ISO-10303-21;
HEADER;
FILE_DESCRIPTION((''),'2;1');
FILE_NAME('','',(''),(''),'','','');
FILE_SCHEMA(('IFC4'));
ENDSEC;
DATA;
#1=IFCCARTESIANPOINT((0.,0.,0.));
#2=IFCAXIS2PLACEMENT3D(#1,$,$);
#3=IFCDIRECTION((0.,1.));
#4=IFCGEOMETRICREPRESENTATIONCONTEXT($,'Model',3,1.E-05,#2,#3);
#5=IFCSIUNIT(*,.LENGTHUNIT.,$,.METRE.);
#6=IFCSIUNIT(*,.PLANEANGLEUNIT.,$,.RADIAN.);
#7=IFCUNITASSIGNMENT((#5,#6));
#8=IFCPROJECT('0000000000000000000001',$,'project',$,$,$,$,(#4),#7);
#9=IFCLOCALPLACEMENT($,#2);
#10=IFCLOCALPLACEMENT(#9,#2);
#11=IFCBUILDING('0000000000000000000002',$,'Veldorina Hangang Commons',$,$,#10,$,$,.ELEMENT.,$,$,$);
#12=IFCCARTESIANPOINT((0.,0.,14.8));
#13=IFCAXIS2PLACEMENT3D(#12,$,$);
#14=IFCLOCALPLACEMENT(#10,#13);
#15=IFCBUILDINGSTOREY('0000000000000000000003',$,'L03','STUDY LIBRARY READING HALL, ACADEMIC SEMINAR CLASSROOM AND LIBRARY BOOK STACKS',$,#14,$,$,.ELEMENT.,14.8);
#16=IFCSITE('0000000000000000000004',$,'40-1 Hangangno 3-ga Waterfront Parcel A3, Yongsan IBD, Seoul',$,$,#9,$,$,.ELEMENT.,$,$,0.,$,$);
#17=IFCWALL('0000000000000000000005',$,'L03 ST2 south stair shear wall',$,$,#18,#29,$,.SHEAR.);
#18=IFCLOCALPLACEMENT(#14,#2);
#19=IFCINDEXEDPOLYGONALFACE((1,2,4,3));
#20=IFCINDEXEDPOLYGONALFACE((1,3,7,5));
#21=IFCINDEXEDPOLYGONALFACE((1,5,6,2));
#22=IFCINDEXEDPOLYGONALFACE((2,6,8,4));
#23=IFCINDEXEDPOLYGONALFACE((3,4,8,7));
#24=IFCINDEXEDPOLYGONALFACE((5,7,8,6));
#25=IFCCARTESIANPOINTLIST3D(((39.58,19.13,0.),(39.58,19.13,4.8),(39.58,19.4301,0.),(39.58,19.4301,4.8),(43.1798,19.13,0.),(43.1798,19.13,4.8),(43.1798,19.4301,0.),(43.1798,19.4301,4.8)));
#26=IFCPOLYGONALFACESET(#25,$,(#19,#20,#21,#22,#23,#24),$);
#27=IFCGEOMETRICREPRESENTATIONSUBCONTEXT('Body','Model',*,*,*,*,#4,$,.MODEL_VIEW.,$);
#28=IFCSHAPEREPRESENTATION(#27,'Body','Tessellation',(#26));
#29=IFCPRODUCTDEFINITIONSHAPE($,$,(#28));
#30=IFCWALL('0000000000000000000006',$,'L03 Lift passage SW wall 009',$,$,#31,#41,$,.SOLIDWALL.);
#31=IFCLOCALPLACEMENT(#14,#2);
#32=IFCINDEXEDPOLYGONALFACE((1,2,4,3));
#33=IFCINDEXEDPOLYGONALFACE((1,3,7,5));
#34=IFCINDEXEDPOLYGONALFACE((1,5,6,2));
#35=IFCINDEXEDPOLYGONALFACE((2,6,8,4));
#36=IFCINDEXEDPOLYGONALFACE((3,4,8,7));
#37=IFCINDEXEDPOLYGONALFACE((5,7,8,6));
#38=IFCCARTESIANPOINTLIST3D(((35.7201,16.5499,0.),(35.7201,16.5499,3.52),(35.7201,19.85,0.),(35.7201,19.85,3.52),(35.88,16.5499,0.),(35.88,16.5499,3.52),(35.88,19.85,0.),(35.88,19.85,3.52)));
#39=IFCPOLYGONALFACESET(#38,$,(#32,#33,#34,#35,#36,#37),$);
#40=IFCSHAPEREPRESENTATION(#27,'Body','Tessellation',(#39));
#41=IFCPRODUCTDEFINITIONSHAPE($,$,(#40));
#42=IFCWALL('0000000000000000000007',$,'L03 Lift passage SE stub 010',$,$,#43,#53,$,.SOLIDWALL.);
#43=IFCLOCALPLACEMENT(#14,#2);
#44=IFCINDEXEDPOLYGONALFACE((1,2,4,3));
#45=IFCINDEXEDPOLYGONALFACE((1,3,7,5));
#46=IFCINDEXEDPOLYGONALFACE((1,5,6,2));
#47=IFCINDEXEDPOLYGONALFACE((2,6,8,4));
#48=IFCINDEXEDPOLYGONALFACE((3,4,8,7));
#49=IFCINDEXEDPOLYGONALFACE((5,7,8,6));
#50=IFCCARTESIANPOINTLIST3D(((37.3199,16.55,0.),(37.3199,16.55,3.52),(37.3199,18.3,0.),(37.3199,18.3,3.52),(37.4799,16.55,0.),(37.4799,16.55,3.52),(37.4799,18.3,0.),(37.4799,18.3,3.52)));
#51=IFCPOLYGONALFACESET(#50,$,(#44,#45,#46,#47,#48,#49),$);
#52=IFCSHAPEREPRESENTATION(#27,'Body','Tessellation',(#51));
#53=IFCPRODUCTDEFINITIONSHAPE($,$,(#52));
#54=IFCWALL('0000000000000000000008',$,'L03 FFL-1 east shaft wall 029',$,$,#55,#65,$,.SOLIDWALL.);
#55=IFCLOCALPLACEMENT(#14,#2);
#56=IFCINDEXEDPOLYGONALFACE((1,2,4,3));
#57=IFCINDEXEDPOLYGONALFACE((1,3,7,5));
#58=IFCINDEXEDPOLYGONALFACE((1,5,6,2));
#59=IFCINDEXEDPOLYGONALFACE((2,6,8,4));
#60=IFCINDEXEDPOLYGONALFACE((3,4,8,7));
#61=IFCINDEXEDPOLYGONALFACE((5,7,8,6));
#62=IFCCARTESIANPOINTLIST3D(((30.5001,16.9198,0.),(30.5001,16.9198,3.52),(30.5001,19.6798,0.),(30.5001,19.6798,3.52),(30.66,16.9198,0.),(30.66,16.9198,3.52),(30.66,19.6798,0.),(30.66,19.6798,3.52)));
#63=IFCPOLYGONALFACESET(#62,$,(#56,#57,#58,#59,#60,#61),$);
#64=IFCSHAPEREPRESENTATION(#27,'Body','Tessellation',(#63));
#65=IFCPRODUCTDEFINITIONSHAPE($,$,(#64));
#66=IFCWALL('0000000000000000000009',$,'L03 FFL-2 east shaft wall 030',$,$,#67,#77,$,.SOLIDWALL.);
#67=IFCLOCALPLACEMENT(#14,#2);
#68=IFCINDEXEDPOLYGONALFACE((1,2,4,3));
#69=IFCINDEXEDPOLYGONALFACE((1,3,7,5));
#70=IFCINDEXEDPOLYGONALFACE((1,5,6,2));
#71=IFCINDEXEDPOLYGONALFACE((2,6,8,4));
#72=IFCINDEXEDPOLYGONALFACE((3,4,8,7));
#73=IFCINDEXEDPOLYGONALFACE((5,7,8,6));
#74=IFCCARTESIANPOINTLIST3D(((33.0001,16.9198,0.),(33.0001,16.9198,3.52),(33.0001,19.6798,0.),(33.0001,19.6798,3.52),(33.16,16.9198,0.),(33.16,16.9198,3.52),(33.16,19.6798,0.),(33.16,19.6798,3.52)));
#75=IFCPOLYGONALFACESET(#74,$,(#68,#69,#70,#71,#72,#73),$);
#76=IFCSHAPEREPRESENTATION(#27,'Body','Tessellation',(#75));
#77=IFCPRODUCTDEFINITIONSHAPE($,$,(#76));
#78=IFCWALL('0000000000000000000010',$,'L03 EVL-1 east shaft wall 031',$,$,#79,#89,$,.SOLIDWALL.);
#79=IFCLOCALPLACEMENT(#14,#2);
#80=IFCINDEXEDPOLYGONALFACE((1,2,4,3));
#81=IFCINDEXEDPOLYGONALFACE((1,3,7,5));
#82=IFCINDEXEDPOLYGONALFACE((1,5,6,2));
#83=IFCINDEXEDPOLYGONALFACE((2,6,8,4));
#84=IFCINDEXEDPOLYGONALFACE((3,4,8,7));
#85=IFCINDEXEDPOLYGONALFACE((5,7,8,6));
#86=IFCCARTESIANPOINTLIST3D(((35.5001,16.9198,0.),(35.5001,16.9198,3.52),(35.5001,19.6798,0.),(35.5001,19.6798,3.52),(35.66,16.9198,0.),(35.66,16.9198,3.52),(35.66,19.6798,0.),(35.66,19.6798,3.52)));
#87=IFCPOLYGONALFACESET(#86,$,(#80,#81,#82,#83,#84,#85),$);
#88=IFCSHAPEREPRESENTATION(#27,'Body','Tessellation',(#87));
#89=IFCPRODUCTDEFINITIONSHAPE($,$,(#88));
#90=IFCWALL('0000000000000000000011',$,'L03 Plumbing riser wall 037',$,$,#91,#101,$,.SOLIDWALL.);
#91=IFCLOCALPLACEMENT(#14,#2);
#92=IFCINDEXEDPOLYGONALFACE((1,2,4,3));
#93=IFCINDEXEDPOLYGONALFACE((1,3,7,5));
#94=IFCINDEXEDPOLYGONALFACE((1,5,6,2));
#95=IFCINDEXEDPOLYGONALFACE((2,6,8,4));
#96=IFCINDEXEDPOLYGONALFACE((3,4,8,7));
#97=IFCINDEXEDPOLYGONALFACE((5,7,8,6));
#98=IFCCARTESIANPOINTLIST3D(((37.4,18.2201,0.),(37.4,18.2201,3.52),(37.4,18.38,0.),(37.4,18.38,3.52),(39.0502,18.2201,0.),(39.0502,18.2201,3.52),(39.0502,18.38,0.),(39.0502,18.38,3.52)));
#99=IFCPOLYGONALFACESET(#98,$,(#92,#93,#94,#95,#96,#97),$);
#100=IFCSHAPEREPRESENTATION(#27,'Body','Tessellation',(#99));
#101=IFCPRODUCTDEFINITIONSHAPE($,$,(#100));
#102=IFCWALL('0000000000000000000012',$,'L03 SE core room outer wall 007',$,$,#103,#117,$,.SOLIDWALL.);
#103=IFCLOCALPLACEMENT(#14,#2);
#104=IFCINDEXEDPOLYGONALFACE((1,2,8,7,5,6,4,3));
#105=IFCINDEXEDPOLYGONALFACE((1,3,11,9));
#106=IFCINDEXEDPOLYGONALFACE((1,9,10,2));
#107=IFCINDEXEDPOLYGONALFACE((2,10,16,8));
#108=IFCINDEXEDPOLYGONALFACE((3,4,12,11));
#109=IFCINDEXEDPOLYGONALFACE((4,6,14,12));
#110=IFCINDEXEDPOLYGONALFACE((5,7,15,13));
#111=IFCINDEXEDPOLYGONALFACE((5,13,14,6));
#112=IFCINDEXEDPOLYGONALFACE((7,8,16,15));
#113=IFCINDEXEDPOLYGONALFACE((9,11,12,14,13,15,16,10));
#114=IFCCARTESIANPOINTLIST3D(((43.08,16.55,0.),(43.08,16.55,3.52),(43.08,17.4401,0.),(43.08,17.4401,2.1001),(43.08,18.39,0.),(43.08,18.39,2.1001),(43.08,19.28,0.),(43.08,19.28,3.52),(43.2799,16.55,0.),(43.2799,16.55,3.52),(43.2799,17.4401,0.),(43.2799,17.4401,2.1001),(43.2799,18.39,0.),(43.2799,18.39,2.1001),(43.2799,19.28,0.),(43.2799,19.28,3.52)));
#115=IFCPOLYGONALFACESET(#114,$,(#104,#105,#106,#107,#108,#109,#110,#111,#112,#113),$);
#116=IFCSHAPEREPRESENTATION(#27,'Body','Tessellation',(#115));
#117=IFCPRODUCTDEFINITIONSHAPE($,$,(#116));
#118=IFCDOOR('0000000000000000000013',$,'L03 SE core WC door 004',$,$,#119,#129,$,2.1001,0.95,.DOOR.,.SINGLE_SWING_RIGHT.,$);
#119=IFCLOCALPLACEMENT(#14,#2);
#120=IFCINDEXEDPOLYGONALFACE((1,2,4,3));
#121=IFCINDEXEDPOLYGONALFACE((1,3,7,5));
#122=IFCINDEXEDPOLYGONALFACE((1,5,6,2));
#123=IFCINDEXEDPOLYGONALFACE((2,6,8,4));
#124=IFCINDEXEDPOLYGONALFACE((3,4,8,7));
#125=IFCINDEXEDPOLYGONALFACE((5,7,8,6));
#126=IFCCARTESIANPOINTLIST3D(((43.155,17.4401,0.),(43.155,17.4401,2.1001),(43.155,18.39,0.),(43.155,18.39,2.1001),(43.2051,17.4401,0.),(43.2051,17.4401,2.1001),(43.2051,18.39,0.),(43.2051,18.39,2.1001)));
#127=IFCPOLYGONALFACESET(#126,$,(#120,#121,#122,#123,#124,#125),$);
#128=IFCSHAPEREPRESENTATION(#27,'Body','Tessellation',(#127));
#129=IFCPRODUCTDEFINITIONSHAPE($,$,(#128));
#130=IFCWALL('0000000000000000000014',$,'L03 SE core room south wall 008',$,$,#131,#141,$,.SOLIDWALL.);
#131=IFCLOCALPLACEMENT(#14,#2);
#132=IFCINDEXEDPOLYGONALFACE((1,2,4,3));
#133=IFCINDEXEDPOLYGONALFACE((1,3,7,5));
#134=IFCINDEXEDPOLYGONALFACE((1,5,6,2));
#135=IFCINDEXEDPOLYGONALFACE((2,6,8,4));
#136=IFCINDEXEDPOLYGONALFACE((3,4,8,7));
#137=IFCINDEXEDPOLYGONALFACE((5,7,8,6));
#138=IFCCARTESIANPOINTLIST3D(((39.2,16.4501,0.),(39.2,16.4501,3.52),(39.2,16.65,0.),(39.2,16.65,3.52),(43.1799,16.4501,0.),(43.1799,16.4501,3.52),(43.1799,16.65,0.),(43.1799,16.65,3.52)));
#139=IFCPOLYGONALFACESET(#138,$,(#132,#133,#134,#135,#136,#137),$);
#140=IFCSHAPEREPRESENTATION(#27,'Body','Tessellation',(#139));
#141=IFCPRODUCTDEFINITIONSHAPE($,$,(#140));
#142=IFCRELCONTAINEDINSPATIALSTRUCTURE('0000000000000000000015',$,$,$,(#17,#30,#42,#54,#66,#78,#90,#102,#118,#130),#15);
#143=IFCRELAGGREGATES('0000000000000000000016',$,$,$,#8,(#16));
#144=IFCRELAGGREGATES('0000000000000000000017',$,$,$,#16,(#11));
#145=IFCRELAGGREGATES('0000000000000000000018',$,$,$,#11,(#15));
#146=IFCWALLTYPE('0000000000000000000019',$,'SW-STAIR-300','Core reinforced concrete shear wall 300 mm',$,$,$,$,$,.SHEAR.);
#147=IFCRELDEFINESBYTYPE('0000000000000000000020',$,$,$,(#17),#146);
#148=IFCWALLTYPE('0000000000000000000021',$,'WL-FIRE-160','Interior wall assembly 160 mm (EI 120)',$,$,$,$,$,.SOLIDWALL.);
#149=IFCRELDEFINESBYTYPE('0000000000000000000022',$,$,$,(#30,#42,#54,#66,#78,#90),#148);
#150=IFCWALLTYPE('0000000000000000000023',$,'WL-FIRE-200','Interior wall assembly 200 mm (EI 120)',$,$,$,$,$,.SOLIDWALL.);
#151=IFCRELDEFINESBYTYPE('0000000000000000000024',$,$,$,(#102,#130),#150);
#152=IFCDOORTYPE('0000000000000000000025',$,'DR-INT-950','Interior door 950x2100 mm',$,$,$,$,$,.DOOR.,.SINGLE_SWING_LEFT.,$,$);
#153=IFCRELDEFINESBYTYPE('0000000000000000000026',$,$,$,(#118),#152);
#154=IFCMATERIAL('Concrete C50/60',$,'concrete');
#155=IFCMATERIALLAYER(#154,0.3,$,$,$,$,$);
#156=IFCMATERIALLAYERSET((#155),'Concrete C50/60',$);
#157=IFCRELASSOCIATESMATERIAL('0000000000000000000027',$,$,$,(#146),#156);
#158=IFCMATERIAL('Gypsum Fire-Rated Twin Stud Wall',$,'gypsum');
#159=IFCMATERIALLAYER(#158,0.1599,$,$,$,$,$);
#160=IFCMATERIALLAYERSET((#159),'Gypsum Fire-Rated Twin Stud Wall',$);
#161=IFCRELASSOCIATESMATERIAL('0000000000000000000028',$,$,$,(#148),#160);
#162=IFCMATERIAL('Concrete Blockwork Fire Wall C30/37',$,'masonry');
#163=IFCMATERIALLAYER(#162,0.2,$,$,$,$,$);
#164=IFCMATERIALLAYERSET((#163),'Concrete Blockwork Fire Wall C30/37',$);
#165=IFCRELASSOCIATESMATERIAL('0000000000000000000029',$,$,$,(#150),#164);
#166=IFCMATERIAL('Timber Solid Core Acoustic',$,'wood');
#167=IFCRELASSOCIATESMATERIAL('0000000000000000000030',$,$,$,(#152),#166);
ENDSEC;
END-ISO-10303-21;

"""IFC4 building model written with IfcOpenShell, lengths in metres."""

from ifc_helpers import new_model, si_unit, direction, frame, frame_2d, origin, place, context, subcontext, project, spatial, rectangle, extrude, material, layer, layer_set, type_object, element, fill, save


model = new_model("IFC4")

# Units and contexts
model_context = context("Model", 3, precision=1e-05, world=origin(), true_north=direction((0.0, 1.0)))
body_context = subcontext(model_context, "Body", "Model", "MODEL_VIEW")
ifc_project = project(units=[si_unit("LENGTHUNIT", "METRE"), si_unit("PLANEANGLEUNIT", "RADIAN")], contexts=[model_context])

# Site, building, storey
site_placement = place(None, origin())
site = spatial("IfcSite", under=ifc_project, at=site_placement, Name="40-1 Hangangno 3-ga Waterfront Parcel A3, Yongsan IBD, Seoul", CompositionType="ELEMENT", RefElevation=0.0)
building_placement = place(site_placement, origin())
building = spatial("IfcBuilding", under=site, at=building_placement, Name="Veldorina Hangang Commons", CompositionType="ELEMENT")
storey_placement = place(building_placement, frame((0.0, 0.0, 14.8)))
storey = spatial("IfcBuildingStorey", under=building, at=storey_placement, Name="L03", Description="STUDY LIBRARY READING HALL, ACADEMIC SEMINAR CLASSROOM AND LIBRARY BOOK STACKS", CompositionType="ELEMENT", Elevation=14.8)

# Walls
ifc_material_1 = material(Name="Concrete C50/60", Category="concrete")
ifc_layer_1 = layer(ifc_material_1, 0.3)
ifc_layer_set_1 = layer_set([ifc_layer_1], Name="Concrete C50/60")
wall_type_1 = type_object("IfcWallType", Name="SW-STAIR-300", Description="Core reinforced concrete shear wall 300 mm", PredefinedType="SHEAR", material=ifc_layer_set_1)
wall_1_placement = place(storey_placement, frame((39.5801, 19.28, 0.0), z_axis=(0.0, 0.0, 1.0), x_axis=(1.0, 0.0, 0.0)))
element("IfcWall", 1, at=wall_1_placement, inside=storey, type_object=wall_type_1, Name="L03 ST2 south stair shear wall", PredefinedType="SHEAR", context=body_context, shape_type="SweptSolid", body=[
    extrude(rectangle(XDim=3.5999, YDim=0.3, at=frame_2d((1.7998, 0.0))), origin(), (0.0, 0.0, 1.0), 4.8),
])
ifc_material_2 = material(Name="Gypsum Fire-Rated Twin Stud Wall", Category="gypsum")
ifc_layer_2 = layer(ifc_material_2, 0.1599)
ifc_layer_set_2 = layer_set([ifc_layer_2], Name="Gypsum Fire-Rated Twin Stud Wall")
wall_type_2 = type_object("IfcWallType", Name="WL-FIRE-160", Description="Interior wall assembly 160 mm (EI 120)", PredefinedType="SOLIDWALL", material=ifc_layer_set_2)
wall_2_placement = place(storey_placement, frame((35.8, 16.55, 0.0), z_axis=(0.0, 0.0, 1.0), x_axis=(0.0, 1.0, 0.0)))
element("IfcWall", 2, at=wall_2_placement, inside=storey, type_object=wall_type_2, Name="L03 Lift passage SW wall 009", PredefinedType="SOLIDWALL", context=body_context, shape_type="SweptSolid", body=[
    extrude(rectangle(XDim=3.3, YDim=0.1599, at=frame_2d((1.6499, 0.0))), origin(), (0.0, 0.0, 1.0), 3.52),
])
wall_3_placement = place(storey_placement, frame((37.3999, 16.55, 0.0), z_axis=(0.0, 0.0, 1.0), x_axis=(0.0, 1.0, 0.0)))
element("IfcWall", 3, at=wall_3_placement, inside=storey, type_object=wall_type_2, Name="L03 Lift passage SE stub 010", PredefinedType="SOLIDWALL", context=body_context, shape_type="SweptSolid", body=[
    extrude(rectangle(XDim=1.75, YDim=0.1599, at=frame_2d((0.875, 0.0))), origin(), (0.0, 0.0, 1.0), 3.52),
])
for number, where, z_axis, x_axis, name in (
    (4, (30.5801, 16.9199, 0.0), (0.0, 0.0, 1.0), (0.0, 1.0, 0.0), "L03 FFL-1 east shaft wall 029"),
    (5, (33.0801, 16.9199, 0.0), (0.0, 0.0, 1.0), (0.0, 1.0, 0.0), "L03 FFL-2 east shaft wall 030"),
    (6, (35.5801, 16.9199, 0.0), (0.0, 0.0, 1.0), (0.0, 1.0, 0.0), "L03 EVL-1 east shaft wall 031"),
):
    element("IfcWall", number, at=place(storey_placement, frame(where, z_axis=z_axis, x_axis=x_axis)), inside=storey, type_object=wall_type_2, Name=name, PredefinedType="SOLIDWALL", context=body_context, shape_type="SweptSolid", body=[
        extrude(rectangle(XDim=2.76, YDim=0.1599, at=frame_2d((1.3799, 0.0))), origin(), (0.0, 0.0, 1.0), 3.52),
    ])
wall_4_placement = place(storey_placement, frame((37.3999, 18.3, 0.0), z_axis=(0.0, 0.0, 1.0), x_axis=(1.0, 0.0, 0.0)))
element("IfcWall", 7, at=wall_4_placement, inside=storey, type_object=wall_type_2, Name="L03 Plumbing riser wall 037", PredefinedType="SOLIDWALL", context=body_context, shape_type="SweptSolid", body=[
    extrude(rectangle(XDim=1.6501, YDim=0.1599, at=frame_2d((0.8252, 0.0))), origin(), (0.0, 0.0, 1.0), 3.52),
])

# Wall, opening, door
ifc_material_3 = material(Name="Concrete Blockwork Fire Wall C30/37", Category="masonry")
ifc_layer_3 = layer(ifc_material_3, 0.2)
ifc_layer_set_3 = layer_set([ifc_layer_3], Name="Concrete Blockwork Fire Wall C30/37")
wall_type_3 = type_object("IfcWallType", Name="WL-FIRE-200", Description="Interior wall assembly 200 mm (EI 120)", PredefinedType="SOLIDWALL", material=ifc_layer_set_3)
wall_5_placement = place(storey_placement, frame((43.1799, 16.55, 0.0), z_axis=(0.0, 0.0, 1.0), x_axis=(0.0, 1.0, 0.0)))
wall_5 = element("IfcWall", 8, at=wall_5_placement, inside=storey, type_object=wall_type_3, Name="L03 SE core room outer wall 007", PredefinedType="SOLIDWALL", context=body_context, shape_type="SweptSolid", body=[
    extrude(rectangle(XDim=2.73, YDim=0.2, at=frame_2d((1.365, 0.0))), origin(), (0.0, 0.0, 1.0), 3.52),
])
opening_1_placement = place(wall_5_placement, frame((0.8899, 0.0, 0.0)))
opening_1 = element("IfcOpeningElement", 9, at=opening_1_placement, cuts=wall_5, PredefinedType="OPENING", context=body_context, shape_type="SweptSolid", body=[
    extrude(rectangle(XDim=0.95, YDim=2.1001, at=frame_2d((0.4751, 1.05))), frame((0.0, 0.1099, 0.0), z_axis=(0.0, -1.0, 0.0), x_axis=(1.0, 0.0, 0.0)), (0.0, 0.0, 1.0), 0.22),
])
ifc_material_4 = material(Name="Timber Solid Core Acoustic", Category="wood")
door_type_1 = type_object("IfcDoorType", Name="DR-INT-950", Description="Interior door 950x2100 mm", OperationType="SINGLE_SWING_LEFT", PredefinedType="DOOR", material=ifc_material_4)
door_1_placement = place(opening_1_placement, origin())
door_1 = element("IfcDoor", 10, at=door_1_placement, inside=storey, type_object=door_type_1, Name="L03 SE core WC door 004", OperationType="SINGLE_SWING_RIGHT", OverallHeight=2.1001, OverallWidth=0.95, PredefinedType="DOOR", context=body_context, shape_type="SweptSolid", body=[
    extrude(rectangle(XDim=0.95, YDim=2.1001, at=frame_2d((0.4751, 1.05))), frame((0.0, 0.0249, 0.0), z_axis=(0.0, -1.0, 0.0), x_axis=(1.0, 0.0, 0.0)), (0.0, 0.0, 1.0), 0.05),
])
fill(opening_1, door_1)

# Wall
wall_6_placement = place(storey_placement, frame((39.2, 16.55, 0.0), z_axis=(0.0, 0.0, 1.0), x_axis=(1.0, 0.0, 0.0)))
element("IfcWall", 11, at=wall_6_placement, inside=storey, type_object=wall_type_3, Name="L03 SE core room south wall 008", PredefinedType="SOLIDWALL", context=body_context, shape_type="SweptSolid", body=[
    extrude(rectangle(XDim=3.98, YDim=0.2, at=frame_2d((1.99, 0.0))), origin(), (0.0, 0.0, 1.0), 3.52),
])

save(model, "model.ifc")
